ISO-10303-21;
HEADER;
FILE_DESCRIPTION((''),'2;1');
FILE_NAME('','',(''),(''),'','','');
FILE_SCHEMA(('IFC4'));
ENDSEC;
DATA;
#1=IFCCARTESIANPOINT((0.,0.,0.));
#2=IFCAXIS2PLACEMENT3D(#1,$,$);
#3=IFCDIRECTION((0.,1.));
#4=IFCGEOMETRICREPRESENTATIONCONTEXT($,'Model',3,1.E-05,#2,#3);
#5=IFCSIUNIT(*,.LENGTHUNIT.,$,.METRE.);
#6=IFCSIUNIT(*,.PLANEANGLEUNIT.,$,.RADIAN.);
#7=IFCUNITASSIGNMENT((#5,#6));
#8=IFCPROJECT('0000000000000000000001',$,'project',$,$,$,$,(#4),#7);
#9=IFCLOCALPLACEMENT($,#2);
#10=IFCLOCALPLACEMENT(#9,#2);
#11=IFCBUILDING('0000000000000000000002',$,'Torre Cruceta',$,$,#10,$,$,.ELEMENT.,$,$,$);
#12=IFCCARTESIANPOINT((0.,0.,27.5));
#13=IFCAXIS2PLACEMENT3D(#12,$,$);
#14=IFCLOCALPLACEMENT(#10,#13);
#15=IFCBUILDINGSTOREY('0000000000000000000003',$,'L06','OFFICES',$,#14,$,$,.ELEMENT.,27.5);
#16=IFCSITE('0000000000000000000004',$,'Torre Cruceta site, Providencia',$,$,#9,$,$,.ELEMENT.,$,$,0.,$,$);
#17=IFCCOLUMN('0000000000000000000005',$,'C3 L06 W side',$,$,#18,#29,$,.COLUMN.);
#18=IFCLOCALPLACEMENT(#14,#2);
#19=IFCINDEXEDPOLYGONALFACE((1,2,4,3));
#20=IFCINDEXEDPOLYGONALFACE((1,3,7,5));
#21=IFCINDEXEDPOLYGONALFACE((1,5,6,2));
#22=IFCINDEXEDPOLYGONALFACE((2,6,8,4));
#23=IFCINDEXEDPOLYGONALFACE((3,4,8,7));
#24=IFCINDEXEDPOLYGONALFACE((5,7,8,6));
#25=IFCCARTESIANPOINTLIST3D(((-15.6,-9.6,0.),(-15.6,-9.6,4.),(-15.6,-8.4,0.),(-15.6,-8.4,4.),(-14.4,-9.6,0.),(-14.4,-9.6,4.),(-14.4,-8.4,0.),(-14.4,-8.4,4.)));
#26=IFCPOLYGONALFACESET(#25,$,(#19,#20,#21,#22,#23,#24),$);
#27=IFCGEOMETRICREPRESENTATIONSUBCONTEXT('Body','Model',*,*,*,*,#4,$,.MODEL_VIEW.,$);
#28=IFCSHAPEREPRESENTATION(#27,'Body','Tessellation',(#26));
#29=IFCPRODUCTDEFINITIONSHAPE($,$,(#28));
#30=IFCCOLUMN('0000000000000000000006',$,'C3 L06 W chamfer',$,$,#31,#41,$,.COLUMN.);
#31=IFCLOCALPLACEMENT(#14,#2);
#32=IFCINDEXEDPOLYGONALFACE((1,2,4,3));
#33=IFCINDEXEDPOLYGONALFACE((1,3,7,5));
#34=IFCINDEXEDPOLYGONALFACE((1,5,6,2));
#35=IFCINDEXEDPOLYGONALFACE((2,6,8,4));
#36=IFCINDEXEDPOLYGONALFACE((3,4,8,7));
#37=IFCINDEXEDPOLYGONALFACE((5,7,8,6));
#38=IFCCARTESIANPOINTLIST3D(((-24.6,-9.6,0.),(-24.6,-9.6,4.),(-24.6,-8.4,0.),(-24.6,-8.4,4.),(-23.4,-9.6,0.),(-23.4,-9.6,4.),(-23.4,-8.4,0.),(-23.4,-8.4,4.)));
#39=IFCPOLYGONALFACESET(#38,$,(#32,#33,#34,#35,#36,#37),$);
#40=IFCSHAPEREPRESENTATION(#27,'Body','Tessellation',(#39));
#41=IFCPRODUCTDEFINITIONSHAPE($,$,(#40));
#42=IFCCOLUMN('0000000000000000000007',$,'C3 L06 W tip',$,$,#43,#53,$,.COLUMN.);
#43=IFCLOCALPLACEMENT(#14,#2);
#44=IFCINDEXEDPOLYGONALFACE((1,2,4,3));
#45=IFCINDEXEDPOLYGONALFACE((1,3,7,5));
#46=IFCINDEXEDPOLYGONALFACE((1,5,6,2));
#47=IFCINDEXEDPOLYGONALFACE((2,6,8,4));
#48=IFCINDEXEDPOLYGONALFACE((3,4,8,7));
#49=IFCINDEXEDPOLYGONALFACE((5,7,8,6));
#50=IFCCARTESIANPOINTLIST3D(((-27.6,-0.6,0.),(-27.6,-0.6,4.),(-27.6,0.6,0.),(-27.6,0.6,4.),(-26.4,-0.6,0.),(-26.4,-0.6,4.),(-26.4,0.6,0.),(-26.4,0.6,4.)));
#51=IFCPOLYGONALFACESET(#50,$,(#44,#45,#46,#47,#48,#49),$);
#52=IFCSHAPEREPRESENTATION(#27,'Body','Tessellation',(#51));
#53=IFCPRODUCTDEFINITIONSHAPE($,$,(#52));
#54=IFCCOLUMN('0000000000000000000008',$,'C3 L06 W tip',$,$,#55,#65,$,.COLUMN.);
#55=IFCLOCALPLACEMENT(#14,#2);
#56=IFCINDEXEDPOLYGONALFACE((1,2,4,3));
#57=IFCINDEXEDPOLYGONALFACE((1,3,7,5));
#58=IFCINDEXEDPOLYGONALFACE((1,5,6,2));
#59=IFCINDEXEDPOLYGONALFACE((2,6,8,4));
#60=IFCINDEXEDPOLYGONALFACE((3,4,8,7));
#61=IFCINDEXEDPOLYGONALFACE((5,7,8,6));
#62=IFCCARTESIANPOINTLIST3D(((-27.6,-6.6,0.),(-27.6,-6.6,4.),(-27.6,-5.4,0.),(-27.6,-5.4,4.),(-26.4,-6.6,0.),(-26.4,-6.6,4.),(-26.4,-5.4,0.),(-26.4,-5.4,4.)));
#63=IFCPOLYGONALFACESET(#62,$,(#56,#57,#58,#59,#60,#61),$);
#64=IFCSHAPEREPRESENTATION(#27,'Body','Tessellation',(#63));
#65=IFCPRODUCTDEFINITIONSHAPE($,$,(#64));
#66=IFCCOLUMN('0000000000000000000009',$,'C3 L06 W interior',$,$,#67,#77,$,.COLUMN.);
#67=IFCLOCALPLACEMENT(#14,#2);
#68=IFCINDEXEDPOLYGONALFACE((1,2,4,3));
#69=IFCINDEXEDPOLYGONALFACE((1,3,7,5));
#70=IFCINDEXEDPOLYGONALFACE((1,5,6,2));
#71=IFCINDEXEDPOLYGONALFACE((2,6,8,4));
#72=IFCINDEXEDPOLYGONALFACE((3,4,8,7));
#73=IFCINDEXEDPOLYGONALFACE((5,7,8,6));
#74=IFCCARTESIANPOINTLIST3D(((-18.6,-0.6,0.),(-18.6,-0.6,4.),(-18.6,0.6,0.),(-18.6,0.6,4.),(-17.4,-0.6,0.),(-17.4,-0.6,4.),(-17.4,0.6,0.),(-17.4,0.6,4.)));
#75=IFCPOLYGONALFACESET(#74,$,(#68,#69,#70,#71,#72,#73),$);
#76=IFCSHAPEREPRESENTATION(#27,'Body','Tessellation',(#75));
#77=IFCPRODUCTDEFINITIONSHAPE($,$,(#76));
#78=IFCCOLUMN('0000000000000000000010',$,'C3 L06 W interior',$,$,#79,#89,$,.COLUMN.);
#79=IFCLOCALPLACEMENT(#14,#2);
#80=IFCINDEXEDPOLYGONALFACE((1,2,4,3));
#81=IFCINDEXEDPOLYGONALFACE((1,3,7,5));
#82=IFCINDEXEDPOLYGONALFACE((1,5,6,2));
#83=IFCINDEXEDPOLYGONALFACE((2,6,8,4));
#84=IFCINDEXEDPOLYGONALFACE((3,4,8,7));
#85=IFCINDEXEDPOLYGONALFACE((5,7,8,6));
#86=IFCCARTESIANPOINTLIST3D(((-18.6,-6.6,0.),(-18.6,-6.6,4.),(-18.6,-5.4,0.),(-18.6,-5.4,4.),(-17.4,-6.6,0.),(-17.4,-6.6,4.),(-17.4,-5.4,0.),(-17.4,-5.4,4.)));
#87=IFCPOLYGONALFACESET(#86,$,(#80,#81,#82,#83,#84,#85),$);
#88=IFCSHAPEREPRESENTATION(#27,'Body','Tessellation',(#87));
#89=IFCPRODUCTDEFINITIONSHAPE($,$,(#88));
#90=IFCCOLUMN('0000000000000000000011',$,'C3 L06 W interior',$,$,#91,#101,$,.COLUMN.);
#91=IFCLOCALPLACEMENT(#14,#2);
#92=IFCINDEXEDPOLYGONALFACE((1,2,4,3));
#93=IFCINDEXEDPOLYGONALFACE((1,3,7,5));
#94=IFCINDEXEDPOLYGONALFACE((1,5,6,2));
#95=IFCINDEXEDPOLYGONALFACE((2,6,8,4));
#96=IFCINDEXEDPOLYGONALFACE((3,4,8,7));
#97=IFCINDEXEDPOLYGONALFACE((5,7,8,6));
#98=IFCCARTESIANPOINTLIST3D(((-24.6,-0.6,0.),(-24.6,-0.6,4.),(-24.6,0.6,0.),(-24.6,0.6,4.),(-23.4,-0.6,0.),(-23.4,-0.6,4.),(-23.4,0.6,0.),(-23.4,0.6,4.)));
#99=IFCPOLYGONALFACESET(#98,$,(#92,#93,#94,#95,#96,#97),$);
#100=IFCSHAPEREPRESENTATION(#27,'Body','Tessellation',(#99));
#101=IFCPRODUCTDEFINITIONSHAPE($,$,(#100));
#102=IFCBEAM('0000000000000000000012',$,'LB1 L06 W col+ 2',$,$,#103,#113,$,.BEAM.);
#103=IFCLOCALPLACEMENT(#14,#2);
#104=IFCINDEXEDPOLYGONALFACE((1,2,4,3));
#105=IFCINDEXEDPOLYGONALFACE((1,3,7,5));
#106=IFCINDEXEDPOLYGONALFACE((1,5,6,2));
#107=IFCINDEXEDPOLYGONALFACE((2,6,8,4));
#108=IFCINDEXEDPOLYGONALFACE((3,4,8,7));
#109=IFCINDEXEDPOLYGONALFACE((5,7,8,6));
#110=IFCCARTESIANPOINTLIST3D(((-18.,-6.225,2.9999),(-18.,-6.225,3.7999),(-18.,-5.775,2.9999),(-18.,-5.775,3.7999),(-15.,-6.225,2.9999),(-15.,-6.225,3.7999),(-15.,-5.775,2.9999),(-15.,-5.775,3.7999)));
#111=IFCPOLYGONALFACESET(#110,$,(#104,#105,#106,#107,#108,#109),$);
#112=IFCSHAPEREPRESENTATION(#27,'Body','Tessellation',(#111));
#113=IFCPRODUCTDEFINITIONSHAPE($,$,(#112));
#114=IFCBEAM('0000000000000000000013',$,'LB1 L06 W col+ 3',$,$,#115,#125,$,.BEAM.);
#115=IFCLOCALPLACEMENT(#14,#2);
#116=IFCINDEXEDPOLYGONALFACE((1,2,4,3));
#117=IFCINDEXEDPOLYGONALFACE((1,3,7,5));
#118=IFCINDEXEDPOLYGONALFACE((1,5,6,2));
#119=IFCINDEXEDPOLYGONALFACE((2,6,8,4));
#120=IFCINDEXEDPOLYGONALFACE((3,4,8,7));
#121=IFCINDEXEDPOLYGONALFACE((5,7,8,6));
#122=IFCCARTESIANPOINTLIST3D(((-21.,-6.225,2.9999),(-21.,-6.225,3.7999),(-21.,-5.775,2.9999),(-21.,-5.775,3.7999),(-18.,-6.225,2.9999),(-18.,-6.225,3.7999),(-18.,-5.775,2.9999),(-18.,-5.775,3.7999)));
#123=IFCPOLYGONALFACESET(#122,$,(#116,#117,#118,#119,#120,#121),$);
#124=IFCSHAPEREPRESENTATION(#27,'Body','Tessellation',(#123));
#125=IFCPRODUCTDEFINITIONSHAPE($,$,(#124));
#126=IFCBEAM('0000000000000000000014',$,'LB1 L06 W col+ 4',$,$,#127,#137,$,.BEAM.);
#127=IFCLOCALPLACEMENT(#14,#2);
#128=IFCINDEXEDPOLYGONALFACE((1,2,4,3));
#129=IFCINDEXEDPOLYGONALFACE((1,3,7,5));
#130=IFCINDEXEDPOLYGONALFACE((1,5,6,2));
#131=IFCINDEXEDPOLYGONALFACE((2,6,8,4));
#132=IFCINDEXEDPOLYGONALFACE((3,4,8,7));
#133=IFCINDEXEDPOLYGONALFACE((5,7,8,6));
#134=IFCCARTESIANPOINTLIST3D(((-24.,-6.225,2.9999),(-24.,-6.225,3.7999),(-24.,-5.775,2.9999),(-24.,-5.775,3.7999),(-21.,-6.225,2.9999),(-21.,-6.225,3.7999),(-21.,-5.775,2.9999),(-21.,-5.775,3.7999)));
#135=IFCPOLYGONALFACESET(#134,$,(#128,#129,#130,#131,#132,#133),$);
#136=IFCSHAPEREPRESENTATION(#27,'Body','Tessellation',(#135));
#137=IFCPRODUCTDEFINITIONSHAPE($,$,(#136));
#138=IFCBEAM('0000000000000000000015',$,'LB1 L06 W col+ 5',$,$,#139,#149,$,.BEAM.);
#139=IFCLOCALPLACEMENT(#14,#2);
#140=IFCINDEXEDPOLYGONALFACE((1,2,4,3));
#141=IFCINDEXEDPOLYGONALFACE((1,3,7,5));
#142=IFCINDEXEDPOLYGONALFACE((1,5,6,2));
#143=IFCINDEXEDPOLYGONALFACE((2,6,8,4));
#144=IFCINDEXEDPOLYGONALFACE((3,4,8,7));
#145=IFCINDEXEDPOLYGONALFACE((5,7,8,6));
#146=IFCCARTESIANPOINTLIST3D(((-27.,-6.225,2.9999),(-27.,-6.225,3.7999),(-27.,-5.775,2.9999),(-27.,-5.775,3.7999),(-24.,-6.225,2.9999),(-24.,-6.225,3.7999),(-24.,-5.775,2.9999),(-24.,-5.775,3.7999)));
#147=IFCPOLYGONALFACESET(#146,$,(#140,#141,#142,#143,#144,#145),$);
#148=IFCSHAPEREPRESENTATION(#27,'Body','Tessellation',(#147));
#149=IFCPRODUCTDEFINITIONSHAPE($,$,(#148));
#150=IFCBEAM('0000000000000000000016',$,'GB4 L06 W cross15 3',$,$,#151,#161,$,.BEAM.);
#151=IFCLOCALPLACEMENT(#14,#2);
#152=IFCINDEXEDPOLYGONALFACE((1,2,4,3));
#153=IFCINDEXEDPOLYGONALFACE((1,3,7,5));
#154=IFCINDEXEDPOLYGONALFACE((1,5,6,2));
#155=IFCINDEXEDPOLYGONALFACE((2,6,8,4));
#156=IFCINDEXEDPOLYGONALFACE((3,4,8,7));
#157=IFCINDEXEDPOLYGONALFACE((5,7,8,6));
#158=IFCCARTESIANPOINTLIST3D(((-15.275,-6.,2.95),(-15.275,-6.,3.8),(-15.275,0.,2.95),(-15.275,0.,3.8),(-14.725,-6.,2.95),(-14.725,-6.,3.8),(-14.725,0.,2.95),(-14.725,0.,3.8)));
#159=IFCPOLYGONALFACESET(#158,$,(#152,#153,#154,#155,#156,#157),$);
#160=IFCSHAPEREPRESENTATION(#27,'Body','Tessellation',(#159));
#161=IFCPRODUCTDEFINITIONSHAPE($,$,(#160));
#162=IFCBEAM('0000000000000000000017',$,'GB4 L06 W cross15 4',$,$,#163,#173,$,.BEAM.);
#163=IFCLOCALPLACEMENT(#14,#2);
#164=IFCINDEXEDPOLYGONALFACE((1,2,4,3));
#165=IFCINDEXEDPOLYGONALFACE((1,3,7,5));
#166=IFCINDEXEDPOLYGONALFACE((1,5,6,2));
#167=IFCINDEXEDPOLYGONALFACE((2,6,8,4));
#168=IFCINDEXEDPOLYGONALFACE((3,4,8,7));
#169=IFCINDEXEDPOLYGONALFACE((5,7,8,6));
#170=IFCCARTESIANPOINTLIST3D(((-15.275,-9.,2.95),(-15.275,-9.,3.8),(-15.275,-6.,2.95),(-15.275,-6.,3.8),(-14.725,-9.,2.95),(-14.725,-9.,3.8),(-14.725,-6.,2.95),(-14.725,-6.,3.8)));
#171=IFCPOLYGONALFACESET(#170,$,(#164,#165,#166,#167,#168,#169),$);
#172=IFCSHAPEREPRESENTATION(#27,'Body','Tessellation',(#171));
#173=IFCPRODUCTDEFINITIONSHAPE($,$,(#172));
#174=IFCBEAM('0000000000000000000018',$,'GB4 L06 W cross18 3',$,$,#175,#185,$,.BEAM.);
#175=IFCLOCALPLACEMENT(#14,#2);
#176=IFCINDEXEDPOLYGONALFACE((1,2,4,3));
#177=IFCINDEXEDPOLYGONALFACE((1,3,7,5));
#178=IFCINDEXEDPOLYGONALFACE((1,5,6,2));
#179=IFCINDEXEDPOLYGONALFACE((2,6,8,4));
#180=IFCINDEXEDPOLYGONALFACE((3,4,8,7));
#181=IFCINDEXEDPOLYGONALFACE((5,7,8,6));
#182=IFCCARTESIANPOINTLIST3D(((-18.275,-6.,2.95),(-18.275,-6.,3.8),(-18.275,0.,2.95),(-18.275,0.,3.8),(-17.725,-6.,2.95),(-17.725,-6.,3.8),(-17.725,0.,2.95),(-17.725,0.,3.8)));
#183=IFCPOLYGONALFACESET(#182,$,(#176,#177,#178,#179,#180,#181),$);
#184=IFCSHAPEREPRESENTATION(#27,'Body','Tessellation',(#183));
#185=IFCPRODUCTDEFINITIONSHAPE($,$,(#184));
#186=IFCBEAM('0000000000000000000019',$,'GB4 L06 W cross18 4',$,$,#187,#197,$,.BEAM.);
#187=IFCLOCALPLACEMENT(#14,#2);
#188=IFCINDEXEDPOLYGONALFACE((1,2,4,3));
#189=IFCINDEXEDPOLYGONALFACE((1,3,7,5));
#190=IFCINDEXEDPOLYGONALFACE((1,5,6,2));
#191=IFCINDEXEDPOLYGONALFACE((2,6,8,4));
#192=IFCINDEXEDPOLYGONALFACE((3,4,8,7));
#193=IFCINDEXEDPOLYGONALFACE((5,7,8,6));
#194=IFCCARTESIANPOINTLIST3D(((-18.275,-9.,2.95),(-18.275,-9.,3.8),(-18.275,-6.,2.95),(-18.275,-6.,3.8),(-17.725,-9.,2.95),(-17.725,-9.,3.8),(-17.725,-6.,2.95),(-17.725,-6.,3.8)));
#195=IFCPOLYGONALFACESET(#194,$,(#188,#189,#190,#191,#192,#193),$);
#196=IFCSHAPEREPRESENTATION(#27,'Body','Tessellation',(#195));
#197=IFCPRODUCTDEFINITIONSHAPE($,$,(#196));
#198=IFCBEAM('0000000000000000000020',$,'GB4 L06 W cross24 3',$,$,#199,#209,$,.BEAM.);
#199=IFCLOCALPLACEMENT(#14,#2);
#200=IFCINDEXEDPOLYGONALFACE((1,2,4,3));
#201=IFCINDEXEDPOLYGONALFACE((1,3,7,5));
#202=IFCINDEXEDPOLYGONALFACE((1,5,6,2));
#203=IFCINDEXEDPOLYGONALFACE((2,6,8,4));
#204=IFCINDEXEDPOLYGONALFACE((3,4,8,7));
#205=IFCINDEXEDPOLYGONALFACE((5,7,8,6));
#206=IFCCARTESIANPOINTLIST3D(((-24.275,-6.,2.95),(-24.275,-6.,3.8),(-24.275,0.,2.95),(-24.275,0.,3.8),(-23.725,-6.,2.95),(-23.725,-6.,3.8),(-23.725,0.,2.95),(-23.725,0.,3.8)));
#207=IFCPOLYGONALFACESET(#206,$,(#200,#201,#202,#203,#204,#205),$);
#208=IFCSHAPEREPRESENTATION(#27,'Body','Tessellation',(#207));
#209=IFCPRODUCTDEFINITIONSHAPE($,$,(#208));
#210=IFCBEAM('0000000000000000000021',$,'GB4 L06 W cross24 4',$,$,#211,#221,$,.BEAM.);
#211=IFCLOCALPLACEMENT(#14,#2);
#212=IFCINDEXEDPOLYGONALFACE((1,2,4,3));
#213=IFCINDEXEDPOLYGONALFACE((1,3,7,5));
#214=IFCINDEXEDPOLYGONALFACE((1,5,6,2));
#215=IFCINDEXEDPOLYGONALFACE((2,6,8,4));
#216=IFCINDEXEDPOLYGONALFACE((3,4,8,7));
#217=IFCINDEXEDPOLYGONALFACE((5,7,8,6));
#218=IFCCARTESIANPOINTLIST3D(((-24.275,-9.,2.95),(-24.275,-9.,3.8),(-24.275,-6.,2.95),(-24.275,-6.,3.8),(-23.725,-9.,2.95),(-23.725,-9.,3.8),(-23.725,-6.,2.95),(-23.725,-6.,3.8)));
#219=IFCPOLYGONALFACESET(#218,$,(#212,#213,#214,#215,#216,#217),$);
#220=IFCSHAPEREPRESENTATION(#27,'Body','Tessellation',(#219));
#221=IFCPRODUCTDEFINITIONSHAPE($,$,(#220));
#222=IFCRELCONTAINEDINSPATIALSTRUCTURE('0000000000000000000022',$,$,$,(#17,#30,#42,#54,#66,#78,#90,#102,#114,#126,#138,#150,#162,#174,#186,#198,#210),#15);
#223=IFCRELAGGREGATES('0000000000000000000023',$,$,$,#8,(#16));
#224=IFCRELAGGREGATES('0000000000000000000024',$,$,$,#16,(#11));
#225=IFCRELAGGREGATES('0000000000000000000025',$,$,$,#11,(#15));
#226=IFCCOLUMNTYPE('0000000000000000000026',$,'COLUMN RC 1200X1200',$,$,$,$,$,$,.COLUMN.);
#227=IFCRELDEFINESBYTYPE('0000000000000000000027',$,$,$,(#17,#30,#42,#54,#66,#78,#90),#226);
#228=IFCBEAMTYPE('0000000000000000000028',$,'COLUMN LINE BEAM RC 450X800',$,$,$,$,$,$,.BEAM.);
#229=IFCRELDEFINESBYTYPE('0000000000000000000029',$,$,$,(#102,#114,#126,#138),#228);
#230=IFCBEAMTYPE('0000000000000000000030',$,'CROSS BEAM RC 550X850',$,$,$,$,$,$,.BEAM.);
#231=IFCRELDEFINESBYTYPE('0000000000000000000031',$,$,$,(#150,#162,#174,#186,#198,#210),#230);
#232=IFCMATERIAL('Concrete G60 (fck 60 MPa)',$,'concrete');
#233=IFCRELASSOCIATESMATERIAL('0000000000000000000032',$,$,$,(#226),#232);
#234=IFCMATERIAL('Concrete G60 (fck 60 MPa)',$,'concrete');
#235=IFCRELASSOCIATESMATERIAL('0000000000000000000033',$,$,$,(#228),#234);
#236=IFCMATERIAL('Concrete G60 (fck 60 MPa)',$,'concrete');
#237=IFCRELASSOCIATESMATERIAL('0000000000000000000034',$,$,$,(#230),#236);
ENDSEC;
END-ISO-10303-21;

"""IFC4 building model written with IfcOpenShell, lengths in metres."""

from ifc_helpers import new_model, si_unit, direction, frame, origin, origin_2d, place, context, subcontext, project, spatial, rectangle, extrude, material, material_profile, profile_set, type_object, element, save


model = new_model("IFC4")

# Units and contexts
model_context = context("Model", 3, precision=1e-05, world=origin(), true_north=direction((0.0, 1.0)))
body_context = subcontext(model_context, "Body", "Model", "MODEL_VIEW")
ifc_project = project(units=[si_unit("LENGTHUNIT", "METRE"), si_unit("PLANEANGLEUNIT", "RADIAN")], contexts=[model_context])

# Site, building, storey
site_placement = place(None, origin())
site = spatial("IfcSite", under=ifc_project, at=site_placement, Name="Torre Cruceta site, Providencia", CompositionType="ELEMENT", RefElevation=0.0)
building_placement = place(site_placement, origin())
building = spatial("IfcBuilding", under=site, at=building_placement, Name="Torre Cruceta", CompositionType="ELEMENT")
storey_placement = place(building_placement, frame((0.0, 0.0, 27.5)))
storey = spatial("IfcBuildingStorey", under=building, at=storey_placement, Name="L06", Description="OFFICES", CompositionType="ELEMENT", Elevation=27.5)

# Columns
ifc_material_1 = material(Name="Concrete G60 (fck 60 MPa)", Category="concrete")
ifc_material_profile_1 = material_profile(ifc_material_1, rectangle(XDim=1.2, YDim=1.2, at=origin_2d()), Name="RC 1200X1200")
ifc_profile_set_1 = profile_set([ifc_material_profile_1], Name="Concrete G60 (fck 60 MPa)")
column_type = type_object("IfcColumnType", Name="COLUMN RC 1200X1200", PredefinedType="COLUMN", material=ifc_profile_set_1)
for number, where, z_axis, x_axis, name in (
    (1, (-15.0, -9.0, 0.0), (0.0, 0.0, 1.0), (1.0, 0.0, 0.0), "C3 L06 W side"),
    (2, (-24.0, -9.0, 0.0), (0.0, 0.0, 1.0), (1.0, 0.0, 0.0), "C3 L06 W chamfer"),
    (3, (-27.0, 0.0, 0.0), (0.0, 0.0, 1.0), (1.0, 0.0, 0.0), "C3 L06 W tip"),
    (4, (-27.0, -6.0, 0.0), (0.0, 0.0, 1.0), (1.0, 0.0, 0.0), "C3 L06 W tip"),
    (5, (-18.0, 0.0, 0.0), (0.0, 0.0, 1.0), (1.0, 0.0, 0.0), "C3 L06 W interior"),
    (6, (-18.0, -6.0, 0.0), (0.0, 0.0, 1.0), (1.0, 0.0, 0.0), "C3 L06 W interior"),
    (7, (-24.0, 0.0, 0.0), (0.0, 0.0, 1.0), (1.0, 0.0, 0.0), "C3 L06 W interior"),
):
    element("IfcColumn", number, at=place(storey_placement, frame(where, z_axis=z_axis, x_axis=x_axis)), inside=storey, type_object=column_type, Name=name, PredefinedType="COLUMN", context=body_context, shape_type="SweptSolid", body=[
        extrude(rectangle(XDim=1.2, YDim=1.2, at=origin_2d()), origin(), (0.0, 0.0, 1.0), 4.0),
    ])

# Beams
ifc_material_2 = material(Name="Concrete G60 (fck 60 MPa)", Category="concrete")
ifc_material_profile_2 = material_profile(ifc_material_2, rectangle(XDim=0.45, YDim=0.8, at=origin_2d()), Name="RC 450X800")
ifc_profile_set_2 = profile_set([ifc_material_profile_2], Name="Concrete G60 (fck 60 MPa)")
beam_type_1 = type_object("IfcBeamType", Name="COLUMN LINE BEAM RC 450X800", PredefinedType="BEAM", material=ifc_profile_set_2)
for number, where, z_axis, x_axis, name in (
    (8, (-15.0, -6.0, 3.3999), (-1.0, 0.0, 0.0), (0.0, -1.0, 0.0), "LB1 L06 W col+ 2"),
    (9, (-18.0, -6.0, 3.3999), (-1.0, 0.0, 0.0), (0.0, -1.0, 0.0), "LB1 L06 W col+ 3"),
    (10, (-21.0, -6.0, 3.3999), (-1.0, 0.0, 0.0), (0.0, -1.0, 0.0), "LB1 L06 W col+ 4"),
    (11, (-24.0, -6.0, 3.3999), (-1.0, 0.0, 0.0), (0.0, -1.0, 0.0), "LB1 L06 W col+ 5"),
):
    element("IfcBeam", number, at=place(storey_placement, frame(where, z_axis=z_axis, x_axis=x_axis)), inside=storey, type_object=beam_type_1, Name=name, PredefinedType="BEAM", context=body_context, shape_type="SweptSolid", body=[
        extrude(rectangle(XDim=0.45, YDim=0.8, at=origin_2d()), origin(), (0.0, 0.0, 1.0), 3.0),
    ])
ifc_material_3 = material(Name="Concrete G60 (fck 60 MPa)", Category="concrete")
ifc_material_profile_3 = material_profile(ifc_material_3, rectangle(XDim=0.55, YDim=0.8501, at=origin_2d()), Name="RC 550X850")
ifc_profile_set_3 = profile_set([ifc_material_profile_3], Name="Concrete G60 (fck 60 MPa)")
beam_type_2 = type_object("IfcBeamType", Name="CROSS BEAM RC 550X850", PredefinedType="BEAM", material=ifc_profile_set_3)
beam_1_placement = place(storey_placement, frame((-15.0, 0.0, 3.375), z_axis=(0.0, -1.0, 0.0), x_axis=(1.0, 0.0, 0.0)))
element("IfcBeam", 12, at=beam_1_placement, inside=storey, type_object=beam_type_2, Name="GB4 L06 W cross15 3", PredefinedType="BEAM", context=body_context, shape_type="SweptSolid", body=[
    extrude(rectangle(XDim=0.55, YDim=0.8501, at=origin_2d()), origin(), (0.0, 0.0, 1.0), 6.0),
])
beam_2_placement = place(storey_placement, frame((-15.0, -6.0, 3.375), z_axis=(0.0, -1.0, 0.0), x_axis=(1.0, 0.0, 0.0)))
element("IfcBeam", 13, at=beam_2_placement, inside=storey, type_object=beam_type_2, Name="GB4 L06 W cross15 4", PredefinedType="BEAM", context=body_context, shape_type="SweptSolid", body=[
    extrude(rectangle(XDim=0.55, YDim=0.8501, at=origin_2d()), origin(), (0.0, 0.0, 1.0), 3.0),
])
beam_3_placement = place(storey_placement, frame((-18.0, 0.0, 3.375), z_axis=(0.0, -1.0, 0.0), x_axis=(1.0, 0.0, 0.0)))
element("IfcBeam", 14, at=beam_3_placement, inside=storey, type_object=beam_type_2, Name="GB4 L06 W cross18 3", PredefinedType="BEAM", context=body_context, shape_type="SweptSolid", body=[
    extrude(rectangle(XDim=0.55, YDim=0.8501, at=origin_2d()), origin(), (0.0, 0.0, 1.0), 6.0),
])
beam_4_placement = place(storey_placement, frame((-18.0, -6.0, 3.375), z_axis=(0.0, -1.0, 0.0), x_axis=(1.0, 0.0, 0.0)))
element("IfcBeam", 15, at=beam_4_placement, inside=storey, type_object=beam_type_2, Name="GB4 L06 W cross18 4", PredefinedType="BEAM", context=body_context, shape_type="SweptSolid", body=[
    extrude(rectangle(XDim=0.55, YDim=0.8501, at=origin_2d()), origin(), (0.0, 0.0, 1.0), 3.0),
])
beam_5_placement = place(storey_placement, frame((-24.0, 0.0, 3.375), z_axis=(0.0, -1.0, 0.0), x_axis=(1.0, 0.0, 0.0)))
element("IfcBeam", 16, at=beam_5_placement, inside=storey, type_object=beam_type_2, Name="GB4 L06 W cross24 3", PredefinedType="BEAM", context=body_context, shape_type="SweptSolid", body=[
    extrude(rectangle(XDim=0.55, YDim=0.8501, at=origin_2d()), origin(), (0.0, 0.0, 1.0), 6.0),
])
beam_6_placement = place(storey_placement, frame((-24.0, -6.0, 3.375), z_axis=(0.0, -1.0, 0.0), x_axis=(1.0, 0.0, 0.0)))
element("IfcBeam", 17, at=beam_6_placement, inside=storey, type_object=beam_type_2, Name="GB4 L06 W cross24 4", PredefinedType="BEAM", context=body_context, shape_type="SweptSolid", body=[
    extrude(rectangle(XDim=0.55, YDim=0.8501, at=origin_2d()), origin(), (0.0, 0.0, 1.0), 3.0),
])

save(model, "model.ifc")
